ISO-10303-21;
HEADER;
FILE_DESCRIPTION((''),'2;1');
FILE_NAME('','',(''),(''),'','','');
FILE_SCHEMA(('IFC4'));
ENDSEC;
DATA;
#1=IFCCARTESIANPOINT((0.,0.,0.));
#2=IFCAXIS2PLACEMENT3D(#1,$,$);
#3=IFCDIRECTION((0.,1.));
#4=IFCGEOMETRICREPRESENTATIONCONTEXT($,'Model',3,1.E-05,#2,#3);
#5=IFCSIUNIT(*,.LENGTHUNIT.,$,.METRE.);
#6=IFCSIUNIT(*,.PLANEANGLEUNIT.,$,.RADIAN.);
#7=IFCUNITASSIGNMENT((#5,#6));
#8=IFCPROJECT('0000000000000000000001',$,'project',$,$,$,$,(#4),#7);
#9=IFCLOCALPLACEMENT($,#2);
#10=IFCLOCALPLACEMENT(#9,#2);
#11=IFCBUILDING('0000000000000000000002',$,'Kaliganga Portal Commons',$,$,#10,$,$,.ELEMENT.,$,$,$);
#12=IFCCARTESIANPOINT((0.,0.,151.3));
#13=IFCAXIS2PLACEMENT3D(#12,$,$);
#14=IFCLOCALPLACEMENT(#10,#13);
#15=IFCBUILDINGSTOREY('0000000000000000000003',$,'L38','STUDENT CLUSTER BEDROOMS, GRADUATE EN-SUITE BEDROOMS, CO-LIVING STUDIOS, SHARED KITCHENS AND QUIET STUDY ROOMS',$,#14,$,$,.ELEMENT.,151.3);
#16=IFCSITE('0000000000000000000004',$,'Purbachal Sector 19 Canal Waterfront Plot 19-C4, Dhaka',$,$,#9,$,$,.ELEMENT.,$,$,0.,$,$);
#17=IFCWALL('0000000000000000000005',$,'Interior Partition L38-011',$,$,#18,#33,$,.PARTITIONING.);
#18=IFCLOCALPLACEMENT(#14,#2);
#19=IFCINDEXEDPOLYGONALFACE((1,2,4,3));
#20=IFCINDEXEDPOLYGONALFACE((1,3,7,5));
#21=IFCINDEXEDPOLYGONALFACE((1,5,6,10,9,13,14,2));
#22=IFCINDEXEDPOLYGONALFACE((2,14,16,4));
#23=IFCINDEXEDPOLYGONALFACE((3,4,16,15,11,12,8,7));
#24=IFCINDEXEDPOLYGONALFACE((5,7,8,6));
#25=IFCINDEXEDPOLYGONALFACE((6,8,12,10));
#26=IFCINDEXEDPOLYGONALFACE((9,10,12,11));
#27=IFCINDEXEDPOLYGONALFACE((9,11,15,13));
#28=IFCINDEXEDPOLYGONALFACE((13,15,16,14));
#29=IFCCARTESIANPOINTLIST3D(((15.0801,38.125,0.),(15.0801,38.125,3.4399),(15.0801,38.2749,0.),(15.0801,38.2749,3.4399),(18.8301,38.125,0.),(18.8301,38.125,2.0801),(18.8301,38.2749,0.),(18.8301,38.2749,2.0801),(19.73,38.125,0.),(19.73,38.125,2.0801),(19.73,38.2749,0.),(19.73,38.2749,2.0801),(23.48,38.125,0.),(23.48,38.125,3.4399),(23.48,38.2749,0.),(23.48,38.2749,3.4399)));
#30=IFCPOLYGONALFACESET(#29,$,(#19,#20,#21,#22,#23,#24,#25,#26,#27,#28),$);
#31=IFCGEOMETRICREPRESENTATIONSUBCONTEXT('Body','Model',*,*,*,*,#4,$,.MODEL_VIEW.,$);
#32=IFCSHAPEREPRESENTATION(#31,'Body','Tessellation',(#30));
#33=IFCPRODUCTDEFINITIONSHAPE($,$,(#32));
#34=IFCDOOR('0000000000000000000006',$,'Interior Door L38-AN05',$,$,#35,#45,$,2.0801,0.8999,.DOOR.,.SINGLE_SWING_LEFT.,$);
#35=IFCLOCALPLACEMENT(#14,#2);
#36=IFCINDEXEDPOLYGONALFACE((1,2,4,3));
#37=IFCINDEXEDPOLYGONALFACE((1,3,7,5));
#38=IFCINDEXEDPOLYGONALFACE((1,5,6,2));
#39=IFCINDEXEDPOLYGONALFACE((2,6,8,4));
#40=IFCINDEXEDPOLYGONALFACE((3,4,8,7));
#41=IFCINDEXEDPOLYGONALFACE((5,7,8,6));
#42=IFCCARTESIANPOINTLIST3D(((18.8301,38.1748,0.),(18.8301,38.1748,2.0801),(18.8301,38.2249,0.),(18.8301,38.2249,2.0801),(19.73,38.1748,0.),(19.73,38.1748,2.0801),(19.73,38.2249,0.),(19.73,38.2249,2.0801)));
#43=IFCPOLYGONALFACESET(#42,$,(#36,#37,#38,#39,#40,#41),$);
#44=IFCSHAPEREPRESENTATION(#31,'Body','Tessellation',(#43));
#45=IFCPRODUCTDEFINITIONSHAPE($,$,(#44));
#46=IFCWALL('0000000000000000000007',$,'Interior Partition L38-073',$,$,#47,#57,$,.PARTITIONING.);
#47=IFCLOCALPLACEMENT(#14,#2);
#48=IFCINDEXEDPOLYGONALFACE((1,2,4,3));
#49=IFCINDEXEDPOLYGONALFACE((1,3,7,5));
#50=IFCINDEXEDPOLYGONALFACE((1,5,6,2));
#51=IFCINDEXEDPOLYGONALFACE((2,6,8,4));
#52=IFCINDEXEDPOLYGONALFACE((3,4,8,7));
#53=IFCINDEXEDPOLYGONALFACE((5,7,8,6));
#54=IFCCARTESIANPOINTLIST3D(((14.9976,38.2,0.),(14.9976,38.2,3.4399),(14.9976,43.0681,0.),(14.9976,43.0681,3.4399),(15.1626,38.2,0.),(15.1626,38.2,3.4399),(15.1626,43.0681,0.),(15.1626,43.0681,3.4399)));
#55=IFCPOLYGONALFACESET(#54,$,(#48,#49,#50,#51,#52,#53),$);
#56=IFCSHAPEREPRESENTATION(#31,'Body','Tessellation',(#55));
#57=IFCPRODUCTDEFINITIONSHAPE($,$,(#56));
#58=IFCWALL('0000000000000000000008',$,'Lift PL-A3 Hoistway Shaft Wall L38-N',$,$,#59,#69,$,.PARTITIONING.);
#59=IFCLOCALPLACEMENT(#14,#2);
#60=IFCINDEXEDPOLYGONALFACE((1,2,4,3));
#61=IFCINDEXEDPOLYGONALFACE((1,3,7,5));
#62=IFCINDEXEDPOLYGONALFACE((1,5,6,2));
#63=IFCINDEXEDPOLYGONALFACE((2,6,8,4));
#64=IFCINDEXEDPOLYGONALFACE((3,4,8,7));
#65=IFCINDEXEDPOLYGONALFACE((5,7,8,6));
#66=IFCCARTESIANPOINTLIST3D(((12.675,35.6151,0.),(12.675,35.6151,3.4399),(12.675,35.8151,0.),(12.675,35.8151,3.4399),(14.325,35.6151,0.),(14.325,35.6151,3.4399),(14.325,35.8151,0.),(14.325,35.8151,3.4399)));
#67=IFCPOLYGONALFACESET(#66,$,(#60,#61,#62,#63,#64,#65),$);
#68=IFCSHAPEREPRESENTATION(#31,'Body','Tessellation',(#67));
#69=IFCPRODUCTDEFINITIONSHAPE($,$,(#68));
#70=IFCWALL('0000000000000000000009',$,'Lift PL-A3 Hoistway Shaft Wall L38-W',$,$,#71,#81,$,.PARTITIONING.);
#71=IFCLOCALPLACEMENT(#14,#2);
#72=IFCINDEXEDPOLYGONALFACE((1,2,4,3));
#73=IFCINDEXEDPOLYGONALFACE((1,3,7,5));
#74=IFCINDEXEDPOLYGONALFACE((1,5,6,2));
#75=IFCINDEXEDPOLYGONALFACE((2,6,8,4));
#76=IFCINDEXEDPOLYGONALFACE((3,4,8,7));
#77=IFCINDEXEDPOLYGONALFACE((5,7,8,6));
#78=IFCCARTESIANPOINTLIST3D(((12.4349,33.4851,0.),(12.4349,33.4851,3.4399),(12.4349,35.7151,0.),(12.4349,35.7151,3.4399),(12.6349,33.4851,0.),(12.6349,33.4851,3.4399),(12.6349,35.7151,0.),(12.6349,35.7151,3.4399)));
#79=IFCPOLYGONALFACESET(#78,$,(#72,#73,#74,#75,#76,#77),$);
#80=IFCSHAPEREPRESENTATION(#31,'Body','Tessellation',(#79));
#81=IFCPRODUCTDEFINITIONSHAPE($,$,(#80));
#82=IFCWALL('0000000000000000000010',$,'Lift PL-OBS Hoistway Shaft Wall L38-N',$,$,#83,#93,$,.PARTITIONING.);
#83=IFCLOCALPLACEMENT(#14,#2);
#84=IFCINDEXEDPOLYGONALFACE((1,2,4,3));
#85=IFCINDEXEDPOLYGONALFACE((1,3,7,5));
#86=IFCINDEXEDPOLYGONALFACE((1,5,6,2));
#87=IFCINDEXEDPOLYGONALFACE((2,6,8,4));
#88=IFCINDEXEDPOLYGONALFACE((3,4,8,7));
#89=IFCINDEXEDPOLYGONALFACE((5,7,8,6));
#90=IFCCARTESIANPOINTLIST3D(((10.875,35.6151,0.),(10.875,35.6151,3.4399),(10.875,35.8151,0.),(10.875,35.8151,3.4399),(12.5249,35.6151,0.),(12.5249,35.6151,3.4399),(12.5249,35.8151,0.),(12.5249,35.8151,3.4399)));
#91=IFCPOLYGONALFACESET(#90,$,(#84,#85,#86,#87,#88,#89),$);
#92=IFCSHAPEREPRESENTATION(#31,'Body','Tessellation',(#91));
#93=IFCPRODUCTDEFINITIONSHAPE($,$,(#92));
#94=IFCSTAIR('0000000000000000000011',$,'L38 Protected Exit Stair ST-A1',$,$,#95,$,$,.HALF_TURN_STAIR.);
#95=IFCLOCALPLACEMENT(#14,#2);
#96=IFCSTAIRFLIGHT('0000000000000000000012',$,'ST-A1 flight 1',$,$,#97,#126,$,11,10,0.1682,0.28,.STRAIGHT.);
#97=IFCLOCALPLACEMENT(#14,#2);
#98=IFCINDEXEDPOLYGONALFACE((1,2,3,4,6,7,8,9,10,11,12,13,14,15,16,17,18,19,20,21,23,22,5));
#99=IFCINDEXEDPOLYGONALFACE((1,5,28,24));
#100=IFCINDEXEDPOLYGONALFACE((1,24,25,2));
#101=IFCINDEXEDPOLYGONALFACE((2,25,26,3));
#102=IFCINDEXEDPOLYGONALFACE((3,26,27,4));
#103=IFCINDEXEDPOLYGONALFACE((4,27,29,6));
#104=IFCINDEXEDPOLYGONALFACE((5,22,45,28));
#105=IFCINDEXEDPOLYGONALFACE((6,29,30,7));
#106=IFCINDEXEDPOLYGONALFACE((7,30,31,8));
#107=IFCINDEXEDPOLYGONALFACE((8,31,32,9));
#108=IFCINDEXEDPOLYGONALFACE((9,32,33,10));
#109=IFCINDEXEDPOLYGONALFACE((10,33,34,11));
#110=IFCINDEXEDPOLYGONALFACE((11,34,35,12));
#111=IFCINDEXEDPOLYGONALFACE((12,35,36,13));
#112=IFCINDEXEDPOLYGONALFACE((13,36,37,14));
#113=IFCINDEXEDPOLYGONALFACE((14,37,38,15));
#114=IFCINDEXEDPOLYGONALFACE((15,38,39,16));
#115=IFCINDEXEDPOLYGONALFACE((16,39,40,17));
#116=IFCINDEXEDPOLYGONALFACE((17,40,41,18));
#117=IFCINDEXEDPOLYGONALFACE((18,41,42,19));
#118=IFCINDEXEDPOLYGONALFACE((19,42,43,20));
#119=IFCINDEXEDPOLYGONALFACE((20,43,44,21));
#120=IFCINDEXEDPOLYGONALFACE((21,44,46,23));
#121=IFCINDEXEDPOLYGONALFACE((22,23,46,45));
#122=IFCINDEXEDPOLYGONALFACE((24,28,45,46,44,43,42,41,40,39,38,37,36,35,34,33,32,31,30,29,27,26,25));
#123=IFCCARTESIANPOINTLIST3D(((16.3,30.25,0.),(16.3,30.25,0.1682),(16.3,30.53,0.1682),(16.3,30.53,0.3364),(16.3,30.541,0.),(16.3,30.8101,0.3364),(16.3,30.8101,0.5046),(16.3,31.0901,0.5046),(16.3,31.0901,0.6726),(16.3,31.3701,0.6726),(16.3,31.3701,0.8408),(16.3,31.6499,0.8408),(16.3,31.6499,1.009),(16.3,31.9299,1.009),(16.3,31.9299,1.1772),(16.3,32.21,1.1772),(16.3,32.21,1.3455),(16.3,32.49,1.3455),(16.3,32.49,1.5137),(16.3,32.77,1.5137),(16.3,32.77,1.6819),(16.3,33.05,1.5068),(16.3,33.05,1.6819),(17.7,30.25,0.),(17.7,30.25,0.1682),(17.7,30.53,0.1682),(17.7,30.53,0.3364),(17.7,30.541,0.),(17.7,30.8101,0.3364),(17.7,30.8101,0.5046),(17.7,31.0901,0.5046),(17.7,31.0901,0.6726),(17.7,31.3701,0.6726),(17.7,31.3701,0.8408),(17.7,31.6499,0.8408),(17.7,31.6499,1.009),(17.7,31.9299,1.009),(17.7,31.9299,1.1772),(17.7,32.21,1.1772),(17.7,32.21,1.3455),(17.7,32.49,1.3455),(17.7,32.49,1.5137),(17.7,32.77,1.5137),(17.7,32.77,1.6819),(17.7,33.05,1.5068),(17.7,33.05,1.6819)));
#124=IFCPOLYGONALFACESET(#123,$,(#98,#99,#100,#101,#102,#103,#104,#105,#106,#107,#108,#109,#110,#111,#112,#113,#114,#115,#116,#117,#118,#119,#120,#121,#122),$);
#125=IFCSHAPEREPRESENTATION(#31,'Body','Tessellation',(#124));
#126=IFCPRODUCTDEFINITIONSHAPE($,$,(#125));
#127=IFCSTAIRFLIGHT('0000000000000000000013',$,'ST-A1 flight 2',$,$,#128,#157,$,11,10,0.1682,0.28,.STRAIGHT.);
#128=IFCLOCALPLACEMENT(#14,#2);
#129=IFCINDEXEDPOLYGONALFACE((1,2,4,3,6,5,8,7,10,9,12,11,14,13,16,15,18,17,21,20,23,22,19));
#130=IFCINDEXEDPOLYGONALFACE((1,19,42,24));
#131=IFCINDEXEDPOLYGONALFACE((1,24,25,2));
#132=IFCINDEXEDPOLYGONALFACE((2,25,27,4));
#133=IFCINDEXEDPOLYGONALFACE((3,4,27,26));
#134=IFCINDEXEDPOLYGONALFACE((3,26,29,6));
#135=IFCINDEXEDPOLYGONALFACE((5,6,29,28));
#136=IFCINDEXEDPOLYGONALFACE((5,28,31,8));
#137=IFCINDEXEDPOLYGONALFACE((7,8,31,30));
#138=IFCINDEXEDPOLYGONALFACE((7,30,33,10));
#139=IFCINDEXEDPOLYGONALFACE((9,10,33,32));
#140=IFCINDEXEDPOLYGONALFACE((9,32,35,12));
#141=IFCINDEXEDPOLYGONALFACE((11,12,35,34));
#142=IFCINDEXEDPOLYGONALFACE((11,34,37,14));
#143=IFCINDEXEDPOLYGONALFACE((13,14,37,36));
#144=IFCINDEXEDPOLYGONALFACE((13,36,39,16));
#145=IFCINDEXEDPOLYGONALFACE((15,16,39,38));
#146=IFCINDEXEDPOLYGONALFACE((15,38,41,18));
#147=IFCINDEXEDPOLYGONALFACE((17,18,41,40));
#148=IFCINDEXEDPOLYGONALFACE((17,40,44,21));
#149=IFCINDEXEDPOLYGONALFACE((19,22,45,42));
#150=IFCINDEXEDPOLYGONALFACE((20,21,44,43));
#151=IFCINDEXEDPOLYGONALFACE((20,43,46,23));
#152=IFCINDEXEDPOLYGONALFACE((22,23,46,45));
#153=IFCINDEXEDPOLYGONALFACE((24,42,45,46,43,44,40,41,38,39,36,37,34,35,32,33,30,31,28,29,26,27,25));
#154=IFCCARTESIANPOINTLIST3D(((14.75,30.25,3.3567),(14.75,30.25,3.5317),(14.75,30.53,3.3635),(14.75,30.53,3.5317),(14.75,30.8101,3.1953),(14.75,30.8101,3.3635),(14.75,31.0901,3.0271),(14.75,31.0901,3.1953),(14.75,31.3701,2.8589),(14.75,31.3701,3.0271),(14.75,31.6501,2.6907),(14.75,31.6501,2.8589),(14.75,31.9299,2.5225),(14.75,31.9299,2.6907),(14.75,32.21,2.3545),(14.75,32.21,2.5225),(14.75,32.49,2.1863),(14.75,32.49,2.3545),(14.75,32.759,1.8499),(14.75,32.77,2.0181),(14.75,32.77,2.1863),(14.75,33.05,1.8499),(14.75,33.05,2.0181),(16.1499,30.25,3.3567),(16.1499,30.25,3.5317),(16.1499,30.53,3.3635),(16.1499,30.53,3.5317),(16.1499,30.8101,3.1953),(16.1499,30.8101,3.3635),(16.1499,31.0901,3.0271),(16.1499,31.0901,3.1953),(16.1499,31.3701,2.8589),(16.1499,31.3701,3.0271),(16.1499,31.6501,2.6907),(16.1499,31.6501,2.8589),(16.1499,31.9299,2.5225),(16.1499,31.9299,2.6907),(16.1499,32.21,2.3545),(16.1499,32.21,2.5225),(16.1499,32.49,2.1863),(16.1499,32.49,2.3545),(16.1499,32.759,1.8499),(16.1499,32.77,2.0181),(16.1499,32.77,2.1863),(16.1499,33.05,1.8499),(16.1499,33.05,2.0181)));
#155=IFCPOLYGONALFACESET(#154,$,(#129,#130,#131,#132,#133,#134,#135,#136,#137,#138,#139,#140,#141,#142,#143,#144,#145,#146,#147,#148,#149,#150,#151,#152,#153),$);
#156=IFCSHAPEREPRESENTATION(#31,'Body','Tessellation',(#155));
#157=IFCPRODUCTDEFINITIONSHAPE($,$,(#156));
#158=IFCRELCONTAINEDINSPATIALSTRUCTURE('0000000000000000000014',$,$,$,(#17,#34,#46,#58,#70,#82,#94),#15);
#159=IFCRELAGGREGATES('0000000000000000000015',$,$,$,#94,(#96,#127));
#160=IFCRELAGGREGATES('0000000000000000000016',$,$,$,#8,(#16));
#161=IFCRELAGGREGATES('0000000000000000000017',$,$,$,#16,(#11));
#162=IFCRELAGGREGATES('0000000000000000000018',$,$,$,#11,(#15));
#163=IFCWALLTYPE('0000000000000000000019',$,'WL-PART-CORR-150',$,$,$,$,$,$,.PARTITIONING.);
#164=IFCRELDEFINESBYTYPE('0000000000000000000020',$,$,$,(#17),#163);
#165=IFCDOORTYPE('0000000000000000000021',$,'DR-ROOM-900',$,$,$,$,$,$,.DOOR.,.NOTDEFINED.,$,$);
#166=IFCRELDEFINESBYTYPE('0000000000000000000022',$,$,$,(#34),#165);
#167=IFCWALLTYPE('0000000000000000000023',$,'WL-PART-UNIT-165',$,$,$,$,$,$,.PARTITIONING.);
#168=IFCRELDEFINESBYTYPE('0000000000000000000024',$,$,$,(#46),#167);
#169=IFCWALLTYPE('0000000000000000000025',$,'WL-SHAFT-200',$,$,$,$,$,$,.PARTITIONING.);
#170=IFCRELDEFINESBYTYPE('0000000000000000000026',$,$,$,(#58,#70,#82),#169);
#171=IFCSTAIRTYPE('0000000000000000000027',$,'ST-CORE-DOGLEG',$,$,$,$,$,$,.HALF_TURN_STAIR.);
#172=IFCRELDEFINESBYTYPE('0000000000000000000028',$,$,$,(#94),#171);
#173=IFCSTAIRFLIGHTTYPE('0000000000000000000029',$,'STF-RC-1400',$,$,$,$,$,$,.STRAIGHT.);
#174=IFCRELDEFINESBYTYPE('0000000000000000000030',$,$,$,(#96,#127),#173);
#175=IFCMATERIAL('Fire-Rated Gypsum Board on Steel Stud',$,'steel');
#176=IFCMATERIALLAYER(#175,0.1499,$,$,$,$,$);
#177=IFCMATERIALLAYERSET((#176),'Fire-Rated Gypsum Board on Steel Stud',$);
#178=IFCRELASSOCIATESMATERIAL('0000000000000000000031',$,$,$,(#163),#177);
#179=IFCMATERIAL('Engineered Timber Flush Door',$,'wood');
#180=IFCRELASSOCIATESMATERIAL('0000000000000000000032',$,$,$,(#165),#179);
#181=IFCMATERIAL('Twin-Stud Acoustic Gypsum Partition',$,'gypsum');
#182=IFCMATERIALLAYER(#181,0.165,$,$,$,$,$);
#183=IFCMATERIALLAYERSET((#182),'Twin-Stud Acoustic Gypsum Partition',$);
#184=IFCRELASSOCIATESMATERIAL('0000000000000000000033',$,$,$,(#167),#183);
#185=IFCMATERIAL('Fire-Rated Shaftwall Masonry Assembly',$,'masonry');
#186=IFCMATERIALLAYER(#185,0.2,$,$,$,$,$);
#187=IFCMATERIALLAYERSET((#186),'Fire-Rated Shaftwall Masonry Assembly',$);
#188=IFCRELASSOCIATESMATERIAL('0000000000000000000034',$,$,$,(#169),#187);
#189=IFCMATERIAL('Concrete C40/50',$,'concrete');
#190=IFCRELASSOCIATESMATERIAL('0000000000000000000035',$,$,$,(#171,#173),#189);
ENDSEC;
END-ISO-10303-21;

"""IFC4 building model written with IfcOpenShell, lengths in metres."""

from ifc_helpers import new_model, si_unit, direction, frame, frame_2d, origin, place, context, subcontext, project, spatial, polyline, rectangle, outline, extrude, material, layer, layer_set, type_object, element, fill, aggregate, save


model = new_model("IFC4")

# Units and contexts
model_context = context("Model", 3, precision=1e-05, world=origin(), true_north=direction((0.0, 1.0)))
body_context = subcontext(model_context, "Body", "Model", "MODEL_VIEW")
ifc_project = project(units=[si_unit("LENGTHUNIT", "METRE"), si_unit("PLANEANGLEUNIT", "RADIAN")], contexts=[model_context])

# Site, building, storey
site_placement = place(None, origin())
site = spatial("IfcSite", under=ifc_project, at=site_placement, Name="Purbachal Sector 19 Canal Waterfront Plot 19-C4, Dhaka", CompositionType="ELEMENT", RefElevation=0.0)
building_placement = place(site_placement, origin())
building = spatial("IfcBuilding", under=site, at=building_placement, Name="Kaliganga Portal Commons", CompositionType="ELEMENT")
storey_placement = place(building_placement, frame((0.0, 0.0, 151.3)))
storey = spatial("IfcBuildingStorey", under=building, at=storey_placement, Name="L38", Description="STUDENT CLUSTER BEDROOMS, GRADUATE EN-SUITE BEDROOMS, CO-LIVING STUDIOS, SHARED KITCHENS AND QUIET STUDY ROOMS", CompositionType="ELEMENT", Elevation=151.3)

# Wall, opening, door
ifc_material_1 = material(Name="Fire-Rated Gypsum Board on Steel Stud", Category="steel")
ifc_layer_1 = layer(ifc_material_1, 0.1499)
ifc_layer_set_1 = layer_set([ifc_layer_1], Name="Fire-Rated Gypsum Board on Steel Stud")
wall_type_1 = type_object("IfcWallType", Name="WL-PART-CORR-150", PredefinedType="PARTITIONING", material=ifc_layer_set_1)
wall_1_placement = place(storey_placement, frame((15.0801, 38.2, 0.0), z_axis=(0.0, 0.0, 1.0), x_axis=(1.0, 0.0, 0.0)))
wall_1 = element("IfcWall", 1, at=wall_1_placement, inside=storey, type_object=wall_type_1, Name="Interior Partition L38-011", PredefinedType="PARTITIONING", context=body_context, shape_type="SweptSolid", body=[
    extrude(rectangle(XDim=8.3999, YDim=0.1499, at=frame_2d((4.2, 0.0))), origin(), (0.0, 0.0, 1.0), 3.4399),
])
opening_1_placement = place(wall_1_placement, frame((3.75, 0.0, 0.0)))
opening_1 = element("IfcOpeningElement", 2, at=opening_1_placement, cuts=wall_1, PredefinedType="OPENING", context=body_context, shape_type="SweptSolid", body=[
    extrude(rectangle(XDim=0.8999, YDim=2.0801, at=frame_2d((0.45, 1.04))), frame((0.0, 0.085, 0.0), z_axis=(0.0, -1.0, 0.0), x_axis=(1.0, 0.0, 0.0)), (0.0, 0.0, 1.0), 0.1699),
])
ifc_material_2 = material(Name="Engineered Timber Flush Door", Category="wood")
door_type_1 = type_object("IfcDoorType", Name="DR-ROOM-900", OperationType="NOTDEFINED", PredefinedType="DOOR", material=ifc_material_2)
door_1_placement = place(opening_1_placement, origin())
door_1 = element("IfcDoor", 3, at=door_1_placement, inside=storey, type_object=door_type_1, Name="Interior Door L38-AN05", OperationType="SINGLE_SWING_LEFT", OverallHeight=2.0801, OverallWidth=0.8999, PredefinedType="DOOR", context=body_context, shape_type="SweptSolid", body=[
    extrude(rectangle(XDim=0.8999, YDim=2.0801, at=frame_2d((0.45, 1.04))), frame((0.0, 0.0249, 0.0), z_axis=(0.0, -1.0, 0.0), x_axis=(1.0, 0.0, 0.0)), (0.0, 0.0, 1.0), 0.05),
])
fill(opening_1, door_1)

# Wall
ifc_material_3 = material(Name="Twin-Stud Acoustic Gypsum Partition", Category="gypsum")
ifc_layer_2 = layer(ifc_material_3, 0.165)
ifc_layer_set_2 = layer_set([ifc_layer_2], Name="Twin-Stud Acoustic Gypsum Partition")
wall_type_2 = type_object("IfcWallType", Name="WL-PART-UNIT-165", PredefinedType="PARTITIONING", material=ifc_layer_set_2)
wall_2_placement = place(storey_placement, frame((15.0801, 38.2, 0.0), z_axis=(0.0, 0.0, 1.0), x_axis=(0.0, 1.0, 0.0)))
element("IfcWall", 4, at=wall_2_placement, inside=storey, type_object=wall_type_2, Name="Interior Partition L38-073", PredefinedType="PARTITIONING", context=body_context, shape_type="SweptSolid", body=[
    extrude(rectangle(XDim=4.8682, YDim=0.165, at=frame_2d((2.4341, 0.0))), origin(), (0.0, 0.0, 1.0), 3.4399),
])

# Shared definitions
ifc_material_4 = material(Name="Fire-Rated Shaftwall Masonry Assembly", Category="masonry")
ifc_layer_3 = layer(ifc_material_4, 0.2)
ifc_layer_set_3 = layer_set([ifc_layer_3], Name="Fire-Rated Shaftwall Masonry Assembly")
wall_type_3 = type_object("IfcWallType", Name="WL-SHAFT-200", PredefinedType="PARTITIONING", material=ifc_layer_set_3)

# Walls
wall_3_placement = place(storey_placement, frame((12.675, 35.7151, 0.0), z_axis=(0.0, 0.0, 1.0), x_axis=(1.0, 0.0, 0.0)))
element("IfcWall", 5, at=wall_3_placement, inside=storey, type_object=wall_type_3, Name="Lift PL-A3 Hoistway Shaft Wall L38-N", PredefinedType="PARTITIONING", context=body_context, shape_type="SweptSolid", body=[
    extrude(rectangle(XDim=1.6499, YDim=0.2, at=frame_2d((0.825, 0.0))), origin(), (0.0, 0.0, 1.0), 3.4399),
])
wall_4_placement = place(storey_placement, frame((12.5349, 33.4851, 0.0), z_axis=(0.0, 0.0, 1.0), x_axis=(0.0, 1.0, 0.0)))
element("IfcWall", 6, at=wall_4_placement, inside=storey, type_object=wall_type_3, Name="Lift PL-A3 Hoistway Shaft Wall L38-W", PredefinedType="PARTITIONING", context=body_context, shape_type="SweptSolid", body=[
    extrude(rectangle(XDim=2.23, YDim=0.2, at=frame_2d((1.115, 0.0))), origin(), (0.0, 0.0, 1.0), 3.4399),
])

# Wall
wall_5_placement = place(storey_placement, frame((10.875, 35.7151, 0.0), z_axis=(0.0, 0.0, 1.0), x_axis=(1.0, 0.0, 0.0)))
element("IfcWall", 7, at=wall_5_placement, inside=storey, type_object=wall_type_3, Name="Lift PL-OBS Hoistway Shaft Wall L38-N", PredefinedType="PARTITIONING", context=body_context, shape_type="SweptSolid", body=[
    extrude(rectangle(XDim=1.6499, YDim=0.2, at=frame_2d((0.825, 0.0))), origin(), (0.0, 0.0, 1.0), 3.4399),
])

# Stair, stair flights
ifc_material_5 = material(Name="Concrete C40/50", Category="concrete")
stair_type = type_object("IfcStairType", Name="ST-CORE-DOGLEG", PredefinedType="HALF_TURN_STAIR", material=ifc_material_5)
stair_placement = place(storey_placement, origin())
stair = element("IfcStair", 8, at=stair_placement, inside=storey, type_object=stair_type, Name="L38 Protected Exit Stair ST-A1", PredefinedType="HALF_TURN_STAIR")
stair_flight_type = type_object("IfcStairFlightType", Name="STF-RC-1400", PredefinedType="STRAIGHT", material=ifc_material_5)
stair_flight_1_placement = place(storey_placement, frame((17.0, 30.25, 0.0), z_axis=(0.0, 0.0, 1.0), x_axis=(0.0, 1.0, 0.0)))
stair_flight_1 = element("IfcStairFlight", 9, at=stair_flight_1_placement, type_object=stair_flight_type, Name="ST-A1 flight 1", NumberOfRisers=11, NumberOfTreads=10, PredefinedType="STRAIGHT", RiserHeight=0.1682, TreadLength=0.28, context=body_context, shape_type="SweptSolid", body=[
    extrude(outline(polyline([(0.0, 0.0), (0.0, 0.1682), (0.28, 0.1682), (0.28, 0.3364), (0.5601, 0.3364), (0.5601, 0.5046), (0.8401, 0.5046), (0.8401, 0.6726), (1.1201, 0.6726), (1.1201, 0.8408), (1.3999, 0.8408), (1.3999, 1.009), (1.6799, 1.009), (1.6799, 1.1772), (1.96, 1.1772), (1.96, 1.3455), (2.24, 1.3455), (2.24, 1.5137), (2.52, 1.5137), (2.52, 1.6819), (2.8, 1.6819), (2.8, 1.8501), (2.8, 1.5068), (0.291, 0.0), (0.0, 0.0)])), frame((0.0, 0.7, 0.0), z_axis=(0.0, -1.0, 0.0), x_axis=(1.0, 0.0, 0.0)), (0.0, 0.0, 1.0), 1.3999),
])
stair_flight_2_placement = place(storey_placement, frame((15.45, 33.05, 1.8499), z_axis=(0.0, 0.0, 1.0), x_axis=(0.0, -1.0, 0.0)))
stair_flight_2 = element("IfcStairFlight", 10, at=stair_flight_2_placement, type_object=stair_flight_type, Name="ST-A1 flight 2", NumberOfRisers=11, NumberOfTreads=10, PredefinedType="STRAIGHT", RiserHeight=0.1682, TreadLength=0.28, context=body_context, shape_type="SweptSolid", body=[
    extrude(outline(polyline([(0.0, 0.0), (0.0, 0.1682), (0.28, 0.1682), (0.28, 0.3364), (0.5601, 0.3364), (0.5601, 0.5046), (0.8401, 0.5046), (0.8401, 0.6726), (1.1201, 0.6726), (1.1201, 0.8408), (1.3999, 0.8408), (1.3999, 1.009), (1.6799, 1.009), (1.6799, 1.1772), (1.96, 1.1772), (1.96, 1.3455), (2.24, 1.3455), (2.24, 1.5137), (2.52, 1.5137), (2.52, 1.6819), (2.8, 1.6819), (2.8, 1.8501), (2.8, 1.5068), (0.291, 0.0), (0.0, 0.0)])), frame((0.0, 0.7, 0.0), z_axis=(0.0, -1.0, 0.0), x_axis=(1.0, 0.0, 0.0)), (0.0, 0.0, 1.0), 1.3999),
])
aggregate(stair, [stair_flight_1, stair_flight_2])

save(model, "model.ifc")
